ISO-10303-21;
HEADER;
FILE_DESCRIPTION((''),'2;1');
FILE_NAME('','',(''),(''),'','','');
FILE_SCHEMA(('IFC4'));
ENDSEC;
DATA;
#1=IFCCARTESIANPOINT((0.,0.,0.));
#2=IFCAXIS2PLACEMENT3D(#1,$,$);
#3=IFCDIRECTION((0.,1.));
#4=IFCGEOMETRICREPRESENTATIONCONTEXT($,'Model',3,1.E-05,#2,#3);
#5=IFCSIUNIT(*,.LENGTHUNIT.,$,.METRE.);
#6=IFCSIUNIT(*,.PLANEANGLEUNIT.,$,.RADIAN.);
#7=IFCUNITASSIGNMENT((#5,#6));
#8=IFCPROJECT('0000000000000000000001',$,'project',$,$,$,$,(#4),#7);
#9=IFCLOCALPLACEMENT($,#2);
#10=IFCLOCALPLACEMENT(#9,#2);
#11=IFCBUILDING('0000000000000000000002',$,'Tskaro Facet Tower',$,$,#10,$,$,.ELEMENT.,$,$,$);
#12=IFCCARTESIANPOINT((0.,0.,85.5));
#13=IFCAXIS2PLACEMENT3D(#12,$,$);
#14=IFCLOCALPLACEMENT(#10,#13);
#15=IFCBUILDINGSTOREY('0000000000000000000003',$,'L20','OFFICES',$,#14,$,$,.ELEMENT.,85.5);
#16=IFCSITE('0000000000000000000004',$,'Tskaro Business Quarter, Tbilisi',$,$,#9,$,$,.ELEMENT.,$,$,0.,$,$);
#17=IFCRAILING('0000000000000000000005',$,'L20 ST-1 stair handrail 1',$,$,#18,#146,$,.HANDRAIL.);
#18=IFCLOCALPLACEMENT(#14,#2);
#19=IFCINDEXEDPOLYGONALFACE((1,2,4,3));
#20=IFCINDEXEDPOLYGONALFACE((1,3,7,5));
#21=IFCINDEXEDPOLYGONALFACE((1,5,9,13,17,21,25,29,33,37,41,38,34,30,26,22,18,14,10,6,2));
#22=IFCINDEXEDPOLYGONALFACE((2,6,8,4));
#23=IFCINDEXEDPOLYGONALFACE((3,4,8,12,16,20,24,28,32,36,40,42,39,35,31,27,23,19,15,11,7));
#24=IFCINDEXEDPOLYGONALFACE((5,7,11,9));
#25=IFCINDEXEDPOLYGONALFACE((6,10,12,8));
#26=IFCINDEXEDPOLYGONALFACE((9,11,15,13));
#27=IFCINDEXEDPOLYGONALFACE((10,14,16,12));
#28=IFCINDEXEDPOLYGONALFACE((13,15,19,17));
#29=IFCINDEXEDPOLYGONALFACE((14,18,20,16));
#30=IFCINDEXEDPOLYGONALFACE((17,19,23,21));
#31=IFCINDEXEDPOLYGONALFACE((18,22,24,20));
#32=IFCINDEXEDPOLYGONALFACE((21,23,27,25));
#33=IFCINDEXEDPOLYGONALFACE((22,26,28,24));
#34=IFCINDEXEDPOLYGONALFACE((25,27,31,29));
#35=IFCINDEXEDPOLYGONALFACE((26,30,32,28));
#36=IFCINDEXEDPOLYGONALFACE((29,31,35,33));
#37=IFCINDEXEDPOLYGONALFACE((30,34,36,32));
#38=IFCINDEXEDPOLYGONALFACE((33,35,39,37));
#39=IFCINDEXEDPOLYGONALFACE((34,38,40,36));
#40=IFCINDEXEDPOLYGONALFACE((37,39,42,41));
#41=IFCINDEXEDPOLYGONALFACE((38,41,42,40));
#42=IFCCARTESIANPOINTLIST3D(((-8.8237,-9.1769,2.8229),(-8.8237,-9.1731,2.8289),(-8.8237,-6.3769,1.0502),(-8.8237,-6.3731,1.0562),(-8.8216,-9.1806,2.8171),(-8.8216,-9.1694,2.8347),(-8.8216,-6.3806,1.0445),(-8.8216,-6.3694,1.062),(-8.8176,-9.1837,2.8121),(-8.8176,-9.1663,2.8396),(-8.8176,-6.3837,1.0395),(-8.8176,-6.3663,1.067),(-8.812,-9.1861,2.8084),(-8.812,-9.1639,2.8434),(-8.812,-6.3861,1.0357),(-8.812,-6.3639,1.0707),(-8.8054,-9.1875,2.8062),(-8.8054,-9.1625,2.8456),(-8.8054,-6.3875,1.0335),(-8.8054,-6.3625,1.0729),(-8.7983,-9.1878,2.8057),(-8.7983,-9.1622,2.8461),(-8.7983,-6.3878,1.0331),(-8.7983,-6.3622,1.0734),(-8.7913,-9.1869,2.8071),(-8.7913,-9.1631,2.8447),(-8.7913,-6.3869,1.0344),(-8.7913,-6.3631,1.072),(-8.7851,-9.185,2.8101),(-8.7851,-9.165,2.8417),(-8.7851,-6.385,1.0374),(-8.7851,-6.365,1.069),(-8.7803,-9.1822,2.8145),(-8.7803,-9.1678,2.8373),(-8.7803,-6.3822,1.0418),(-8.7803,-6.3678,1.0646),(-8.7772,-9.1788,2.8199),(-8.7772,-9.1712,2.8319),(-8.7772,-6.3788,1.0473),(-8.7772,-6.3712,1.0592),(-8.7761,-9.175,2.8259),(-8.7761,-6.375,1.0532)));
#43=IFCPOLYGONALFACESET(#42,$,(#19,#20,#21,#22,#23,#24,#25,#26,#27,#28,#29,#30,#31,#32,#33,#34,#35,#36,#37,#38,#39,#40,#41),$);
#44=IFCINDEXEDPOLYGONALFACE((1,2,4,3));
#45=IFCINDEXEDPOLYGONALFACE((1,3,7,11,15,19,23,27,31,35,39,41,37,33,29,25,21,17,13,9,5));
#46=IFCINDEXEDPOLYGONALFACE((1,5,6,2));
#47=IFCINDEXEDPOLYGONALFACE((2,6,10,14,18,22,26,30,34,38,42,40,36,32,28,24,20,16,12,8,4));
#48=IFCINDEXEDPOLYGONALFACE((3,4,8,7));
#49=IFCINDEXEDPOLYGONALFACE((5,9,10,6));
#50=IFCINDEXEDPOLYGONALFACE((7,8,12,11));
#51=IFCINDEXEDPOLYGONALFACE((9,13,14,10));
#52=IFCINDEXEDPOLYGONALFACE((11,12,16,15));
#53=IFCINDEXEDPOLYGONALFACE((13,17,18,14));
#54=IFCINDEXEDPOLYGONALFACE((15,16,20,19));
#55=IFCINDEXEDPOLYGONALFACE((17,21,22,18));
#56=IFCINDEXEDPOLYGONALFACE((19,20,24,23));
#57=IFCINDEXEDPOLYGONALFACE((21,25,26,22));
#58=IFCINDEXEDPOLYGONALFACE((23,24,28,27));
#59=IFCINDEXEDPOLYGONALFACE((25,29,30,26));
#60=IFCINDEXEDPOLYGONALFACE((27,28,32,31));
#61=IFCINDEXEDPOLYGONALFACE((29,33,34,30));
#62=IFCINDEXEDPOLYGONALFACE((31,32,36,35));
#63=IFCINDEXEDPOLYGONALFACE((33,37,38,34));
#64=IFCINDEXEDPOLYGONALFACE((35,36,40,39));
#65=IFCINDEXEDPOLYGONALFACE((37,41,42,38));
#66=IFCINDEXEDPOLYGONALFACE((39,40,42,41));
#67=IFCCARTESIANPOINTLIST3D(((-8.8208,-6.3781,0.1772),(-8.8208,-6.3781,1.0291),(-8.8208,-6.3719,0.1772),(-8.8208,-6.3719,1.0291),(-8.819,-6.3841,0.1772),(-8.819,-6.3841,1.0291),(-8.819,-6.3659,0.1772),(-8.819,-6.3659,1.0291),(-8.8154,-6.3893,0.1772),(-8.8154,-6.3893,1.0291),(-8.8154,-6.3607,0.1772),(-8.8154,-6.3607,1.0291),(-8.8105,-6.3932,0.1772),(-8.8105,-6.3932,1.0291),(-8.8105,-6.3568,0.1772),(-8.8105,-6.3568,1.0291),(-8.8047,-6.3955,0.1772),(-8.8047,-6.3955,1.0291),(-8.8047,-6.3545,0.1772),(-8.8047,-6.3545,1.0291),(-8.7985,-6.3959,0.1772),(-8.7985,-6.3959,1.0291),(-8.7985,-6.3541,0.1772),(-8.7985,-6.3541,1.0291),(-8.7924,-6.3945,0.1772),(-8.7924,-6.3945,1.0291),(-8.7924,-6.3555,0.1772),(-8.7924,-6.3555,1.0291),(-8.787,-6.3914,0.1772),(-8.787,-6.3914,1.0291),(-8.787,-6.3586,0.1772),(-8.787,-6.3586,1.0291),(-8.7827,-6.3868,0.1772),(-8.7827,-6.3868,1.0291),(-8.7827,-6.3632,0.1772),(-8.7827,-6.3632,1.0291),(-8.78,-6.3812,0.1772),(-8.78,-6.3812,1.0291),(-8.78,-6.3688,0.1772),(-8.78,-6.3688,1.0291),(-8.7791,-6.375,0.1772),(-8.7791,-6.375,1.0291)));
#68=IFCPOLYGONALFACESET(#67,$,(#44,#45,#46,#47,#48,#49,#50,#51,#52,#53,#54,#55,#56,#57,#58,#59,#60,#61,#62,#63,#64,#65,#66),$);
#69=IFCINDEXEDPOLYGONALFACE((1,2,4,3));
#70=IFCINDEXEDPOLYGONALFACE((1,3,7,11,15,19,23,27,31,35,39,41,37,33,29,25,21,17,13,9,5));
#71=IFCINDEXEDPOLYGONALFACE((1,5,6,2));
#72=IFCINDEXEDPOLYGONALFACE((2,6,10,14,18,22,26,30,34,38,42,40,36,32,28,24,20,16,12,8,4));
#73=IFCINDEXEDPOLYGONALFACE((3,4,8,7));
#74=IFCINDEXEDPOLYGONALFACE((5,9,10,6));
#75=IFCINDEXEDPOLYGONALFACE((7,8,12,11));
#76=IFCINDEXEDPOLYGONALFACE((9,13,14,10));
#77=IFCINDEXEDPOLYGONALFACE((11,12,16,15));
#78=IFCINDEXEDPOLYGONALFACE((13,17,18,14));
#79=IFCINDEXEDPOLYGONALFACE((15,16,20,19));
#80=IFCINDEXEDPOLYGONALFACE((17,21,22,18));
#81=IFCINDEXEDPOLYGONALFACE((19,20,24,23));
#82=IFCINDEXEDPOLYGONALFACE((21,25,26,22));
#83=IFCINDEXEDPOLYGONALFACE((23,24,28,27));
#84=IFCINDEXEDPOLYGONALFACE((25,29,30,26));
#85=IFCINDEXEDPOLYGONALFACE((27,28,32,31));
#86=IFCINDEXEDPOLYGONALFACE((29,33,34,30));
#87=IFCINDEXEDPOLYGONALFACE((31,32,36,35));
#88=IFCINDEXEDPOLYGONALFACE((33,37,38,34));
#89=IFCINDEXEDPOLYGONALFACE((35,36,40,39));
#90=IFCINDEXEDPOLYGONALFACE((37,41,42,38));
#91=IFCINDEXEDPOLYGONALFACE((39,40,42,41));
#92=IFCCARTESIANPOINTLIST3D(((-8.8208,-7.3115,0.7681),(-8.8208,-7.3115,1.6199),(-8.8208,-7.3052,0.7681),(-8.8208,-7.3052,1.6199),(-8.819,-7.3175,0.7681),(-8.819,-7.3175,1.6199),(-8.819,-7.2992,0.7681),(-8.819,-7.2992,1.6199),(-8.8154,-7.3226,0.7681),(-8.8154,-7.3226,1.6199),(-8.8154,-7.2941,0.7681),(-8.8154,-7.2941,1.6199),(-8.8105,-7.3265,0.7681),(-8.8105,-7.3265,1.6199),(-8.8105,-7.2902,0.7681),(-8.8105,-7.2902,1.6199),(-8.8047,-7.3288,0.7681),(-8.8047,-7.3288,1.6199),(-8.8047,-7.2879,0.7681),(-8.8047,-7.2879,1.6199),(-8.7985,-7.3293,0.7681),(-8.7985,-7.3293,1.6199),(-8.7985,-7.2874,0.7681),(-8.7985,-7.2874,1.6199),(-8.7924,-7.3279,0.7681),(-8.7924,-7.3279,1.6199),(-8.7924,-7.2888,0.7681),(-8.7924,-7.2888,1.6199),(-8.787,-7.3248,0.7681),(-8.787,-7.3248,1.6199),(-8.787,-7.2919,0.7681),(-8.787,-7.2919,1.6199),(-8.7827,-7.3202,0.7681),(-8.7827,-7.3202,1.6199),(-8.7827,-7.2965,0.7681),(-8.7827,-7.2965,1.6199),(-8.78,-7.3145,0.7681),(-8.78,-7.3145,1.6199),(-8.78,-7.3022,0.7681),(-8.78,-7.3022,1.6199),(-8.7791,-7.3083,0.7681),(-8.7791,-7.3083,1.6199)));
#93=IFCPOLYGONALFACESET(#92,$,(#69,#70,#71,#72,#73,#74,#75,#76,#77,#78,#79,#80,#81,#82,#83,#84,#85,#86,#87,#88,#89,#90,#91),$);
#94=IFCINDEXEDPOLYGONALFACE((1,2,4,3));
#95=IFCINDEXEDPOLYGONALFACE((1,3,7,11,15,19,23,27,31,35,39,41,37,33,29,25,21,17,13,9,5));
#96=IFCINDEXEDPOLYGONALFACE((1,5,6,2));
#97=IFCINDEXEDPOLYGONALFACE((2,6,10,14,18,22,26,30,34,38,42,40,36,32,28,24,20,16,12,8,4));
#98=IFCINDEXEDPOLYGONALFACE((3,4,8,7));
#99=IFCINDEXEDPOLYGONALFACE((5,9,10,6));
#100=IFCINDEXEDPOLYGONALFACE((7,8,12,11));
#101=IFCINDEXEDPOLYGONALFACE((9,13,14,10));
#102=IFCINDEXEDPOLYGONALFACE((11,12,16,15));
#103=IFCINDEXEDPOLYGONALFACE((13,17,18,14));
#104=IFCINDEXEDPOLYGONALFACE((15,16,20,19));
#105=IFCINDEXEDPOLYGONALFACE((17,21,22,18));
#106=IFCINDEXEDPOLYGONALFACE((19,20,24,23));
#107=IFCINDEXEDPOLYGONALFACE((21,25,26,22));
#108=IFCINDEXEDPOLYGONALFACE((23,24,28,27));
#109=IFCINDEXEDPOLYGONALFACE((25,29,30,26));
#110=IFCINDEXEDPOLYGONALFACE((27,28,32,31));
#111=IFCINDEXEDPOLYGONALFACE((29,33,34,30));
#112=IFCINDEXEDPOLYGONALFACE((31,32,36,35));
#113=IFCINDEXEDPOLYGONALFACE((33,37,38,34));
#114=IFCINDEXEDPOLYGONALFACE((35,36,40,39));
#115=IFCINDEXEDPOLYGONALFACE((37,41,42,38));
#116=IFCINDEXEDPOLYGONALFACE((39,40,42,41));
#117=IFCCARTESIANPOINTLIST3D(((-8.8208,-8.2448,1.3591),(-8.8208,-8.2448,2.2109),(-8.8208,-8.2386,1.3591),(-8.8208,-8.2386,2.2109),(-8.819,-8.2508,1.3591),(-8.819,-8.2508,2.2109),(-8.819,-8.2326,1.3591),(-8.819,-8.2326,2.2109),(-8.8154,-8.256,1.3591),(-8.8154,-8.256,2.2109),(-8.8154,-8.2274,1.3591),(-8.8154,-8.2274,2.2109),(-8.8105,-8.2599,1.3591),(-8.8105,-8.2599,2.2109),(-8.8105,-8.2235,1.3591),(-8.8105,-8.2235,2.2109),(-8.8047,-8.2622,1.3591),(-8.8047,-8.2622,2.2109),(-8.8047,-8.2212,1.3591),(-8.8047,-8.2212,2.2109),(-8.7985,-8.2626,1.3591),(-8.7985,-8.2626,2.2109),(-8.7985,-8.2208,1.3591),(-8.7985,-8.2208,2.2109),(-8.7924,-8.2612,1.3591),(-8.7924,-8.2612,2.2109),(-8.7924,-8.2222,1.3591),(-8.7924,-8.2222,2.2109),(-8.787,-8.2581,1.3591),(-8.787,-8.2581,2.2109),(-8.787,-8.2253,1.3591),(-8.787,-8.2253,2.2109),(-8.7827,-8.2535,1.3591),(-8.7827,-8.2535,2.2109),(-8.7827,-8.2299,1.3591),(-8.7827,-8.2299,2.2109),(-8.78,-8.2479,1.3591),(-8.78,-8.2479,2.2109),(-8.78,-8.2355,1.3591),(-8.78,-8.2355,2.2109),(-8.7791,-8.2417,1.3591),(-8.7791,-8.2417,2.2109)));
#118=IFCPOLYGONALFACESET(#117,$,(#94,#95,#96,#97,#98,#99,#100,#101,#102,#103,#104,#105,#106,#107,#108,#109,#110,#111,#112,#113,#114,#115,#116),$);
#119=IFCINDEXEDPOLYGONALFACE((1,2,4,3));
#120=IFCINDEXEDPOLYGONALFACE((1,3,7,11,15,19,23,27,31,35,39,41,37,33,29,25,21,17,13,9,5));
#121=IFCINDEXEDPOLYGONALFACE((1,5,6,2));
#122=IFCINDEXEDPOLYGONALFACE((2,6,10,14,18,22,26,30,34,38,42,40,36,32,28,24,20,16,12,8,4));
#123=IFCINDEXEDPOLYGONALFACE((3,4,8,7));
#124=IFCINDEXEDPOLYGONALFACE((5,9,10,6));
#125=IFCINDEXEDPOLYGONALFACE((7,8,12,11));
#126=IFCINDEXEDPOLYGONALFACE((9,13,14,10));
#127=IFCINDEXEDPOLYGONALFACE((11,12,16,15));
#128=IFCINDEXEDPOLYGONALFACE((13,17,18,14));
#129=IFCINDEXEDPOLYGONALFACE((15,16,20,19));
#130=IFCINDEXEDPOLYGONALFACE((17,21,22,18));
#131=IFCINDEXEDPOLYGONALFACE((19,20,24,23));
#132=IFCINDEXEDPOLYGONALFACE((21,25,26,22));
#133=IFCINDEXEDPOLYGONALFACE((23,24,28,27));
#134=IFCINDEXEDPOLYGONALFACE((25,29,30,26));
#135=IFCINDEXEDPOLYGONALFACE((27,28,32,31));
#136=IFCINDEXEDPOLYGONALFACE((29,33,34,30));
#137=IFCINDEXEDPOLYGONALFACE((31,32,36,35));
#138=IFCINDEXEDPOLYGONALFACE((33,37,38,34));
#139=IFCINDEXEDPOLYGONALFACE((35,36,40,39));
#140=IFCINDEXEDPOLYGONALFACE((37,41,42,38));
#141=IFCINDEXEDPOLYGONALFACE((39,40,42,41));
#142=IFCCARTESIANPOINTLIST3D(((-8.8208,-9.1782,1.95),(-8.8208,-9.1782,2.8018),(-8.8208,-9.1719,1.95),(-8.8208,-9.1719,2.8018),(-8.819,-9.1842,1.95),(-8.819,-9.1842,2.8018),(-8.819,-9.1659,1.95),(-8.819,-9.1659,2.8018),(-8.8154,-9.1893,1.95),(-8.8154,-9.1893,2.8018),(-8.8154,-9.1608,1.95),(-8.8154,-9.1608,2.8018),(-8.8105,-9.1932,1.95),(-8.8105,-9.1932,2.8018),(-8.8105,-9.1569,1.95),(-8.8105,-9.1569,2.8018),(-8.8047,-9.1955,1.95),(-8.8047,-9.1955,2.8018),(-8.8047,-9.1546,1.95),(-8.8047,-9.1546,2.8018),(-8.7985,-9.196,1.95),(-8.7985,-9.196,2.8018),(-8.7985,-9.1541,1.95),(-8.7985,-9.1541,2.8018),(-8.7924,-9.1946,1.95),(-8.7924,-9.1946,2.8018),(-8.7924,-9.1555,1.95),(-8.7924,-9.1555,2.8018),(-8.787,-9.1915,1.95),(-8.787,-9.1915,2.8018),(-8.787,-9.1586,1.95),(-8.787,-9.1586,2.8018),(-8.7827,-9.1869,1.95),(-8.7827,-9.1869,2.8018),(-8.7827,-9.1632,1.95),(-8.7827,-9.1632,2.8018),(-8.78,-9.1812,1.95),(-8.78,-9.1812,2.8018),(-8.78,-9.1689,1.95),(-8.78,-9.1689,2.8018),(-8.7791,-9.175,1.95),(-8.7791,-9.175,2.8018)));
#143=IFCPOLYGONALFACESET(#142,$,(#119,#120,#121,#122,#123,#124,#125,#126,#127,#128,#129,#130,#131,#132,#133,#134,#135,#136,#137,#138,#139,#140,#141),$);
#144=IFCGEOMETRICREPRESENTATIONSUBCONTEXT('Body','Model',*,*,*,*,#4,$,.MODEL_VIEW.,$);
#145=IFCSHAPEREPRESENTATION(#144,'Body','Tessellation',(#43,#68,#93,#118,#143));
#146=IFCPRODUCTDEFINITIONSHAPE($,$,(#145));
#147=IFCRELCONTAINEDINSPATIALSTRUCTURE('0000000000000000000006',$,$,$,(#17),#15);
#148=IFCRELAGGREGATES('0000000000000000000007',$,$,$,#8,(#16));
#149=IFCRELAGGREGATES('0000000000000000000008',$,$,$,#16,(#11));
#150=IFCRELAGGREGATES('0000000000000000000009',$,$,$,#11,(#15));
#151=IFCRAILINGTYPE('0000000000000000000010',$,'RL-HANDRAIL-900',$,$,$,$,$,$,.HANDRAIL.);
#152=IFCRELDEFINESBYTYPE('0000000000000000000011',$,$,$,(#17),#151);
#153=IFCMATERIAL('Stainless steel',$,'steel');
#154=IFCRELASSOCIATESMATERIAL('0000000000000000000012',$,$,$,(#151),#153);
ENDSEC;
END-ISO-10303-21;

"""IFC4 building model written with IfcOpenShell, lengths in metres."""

from ifc_helpers import new_model, si_unit, direction, frame, origin, origin_2d, place, context, subcontext, project, spatial, circle, extrude, material, type_object, element, save


model = new_model("IFC4")

# Units and contexts
model_context = context("Model", 3, precision=1e-05, world=origin(), true_north=direction((0.0, 1.0)))
body_context = subcontext(model_context, "Body", "Model", "MODEL_VIEW")
ifc_project = project(units=[si_unit("LENGTHUNIT", "METRE"), si_unit("PLANEANGLEUNIT", "RADIAN")], contexts=[model_context])

# Site, building, storey
site_placement = place(None, origin())
site = spatial("IfcSite", under=ifc_project, at=site_placement, Name="Tskaro Business Quarter, Tbilisi", CompositionType="ELEMENT", RefElevation=0.0)
building_placement = place(site_placement, origin())
building = spatial("IfcBuilding", under=site, at=building_placement, Name="Tskaro Facet Tower", CompositionType="ELEMENT")
storey_placement = place(building_placement, frame((0.0, 0.0, 85.5)))
storey = spatial("IfcBuildingStorey", under=building, at=storey_placement, Name="L20", Description="OFFICES", CompositionType="ELEMENT", Elevation=85.5)

# Shared definitions
ifc_material_1 = material(Name="Stainless steel", Category="steel")

# Railing
railing_type_1 = type_object("IfcRailingType", Name="RL-HANDRAIL-900", PredefinedType="HANDRAIL", material=ifc_material_1)
railing_1_placement = place(storey_placement, frame((-8.8, -6.375, 0.1772)))
element("IfcRailing", 1, at=railing_1_placement, inside=storey, type_object=railing_type_1, Name="L20 ST-1 stair handrail 1", PredefinedType="HANDRAIL", context=body_context, shape_type="SweptSolid", body=[
    extrude(circle(Radius=0.0239, at=origin_2d()), frame((0.0, 0.0, 0.876), z_axis=(0.0, -0.844909, 0.53491), x_axis=(1.0, 0.0, 0.0)), (0.0, 0.0, 1.0), 3.314),
    extrude(circle(Radius=0.021, at=origin_2d()), origin(), (0.0, 0.0, 1.0), 0.8518),
    extrude(circle(Radius=0.021, at=origin_2d()), frame((0.0, -0.9333, 0.5908)), (0.0, 0.0, 1.0), 0.8518),
    extrude(circle(Radius=0.021, at=origin_2d()), frame((0.0, -1.8667, 1.1819)), (0.0, 0.0, 1.0), 0.8518),
    extrude(circle(Radius=0.021, at=origin_2d()), frame((0.0, -2.8, 1.7727)), (0.0, 0.0, 1.0), 0.8518),
])

save(model, "model.ifc")
